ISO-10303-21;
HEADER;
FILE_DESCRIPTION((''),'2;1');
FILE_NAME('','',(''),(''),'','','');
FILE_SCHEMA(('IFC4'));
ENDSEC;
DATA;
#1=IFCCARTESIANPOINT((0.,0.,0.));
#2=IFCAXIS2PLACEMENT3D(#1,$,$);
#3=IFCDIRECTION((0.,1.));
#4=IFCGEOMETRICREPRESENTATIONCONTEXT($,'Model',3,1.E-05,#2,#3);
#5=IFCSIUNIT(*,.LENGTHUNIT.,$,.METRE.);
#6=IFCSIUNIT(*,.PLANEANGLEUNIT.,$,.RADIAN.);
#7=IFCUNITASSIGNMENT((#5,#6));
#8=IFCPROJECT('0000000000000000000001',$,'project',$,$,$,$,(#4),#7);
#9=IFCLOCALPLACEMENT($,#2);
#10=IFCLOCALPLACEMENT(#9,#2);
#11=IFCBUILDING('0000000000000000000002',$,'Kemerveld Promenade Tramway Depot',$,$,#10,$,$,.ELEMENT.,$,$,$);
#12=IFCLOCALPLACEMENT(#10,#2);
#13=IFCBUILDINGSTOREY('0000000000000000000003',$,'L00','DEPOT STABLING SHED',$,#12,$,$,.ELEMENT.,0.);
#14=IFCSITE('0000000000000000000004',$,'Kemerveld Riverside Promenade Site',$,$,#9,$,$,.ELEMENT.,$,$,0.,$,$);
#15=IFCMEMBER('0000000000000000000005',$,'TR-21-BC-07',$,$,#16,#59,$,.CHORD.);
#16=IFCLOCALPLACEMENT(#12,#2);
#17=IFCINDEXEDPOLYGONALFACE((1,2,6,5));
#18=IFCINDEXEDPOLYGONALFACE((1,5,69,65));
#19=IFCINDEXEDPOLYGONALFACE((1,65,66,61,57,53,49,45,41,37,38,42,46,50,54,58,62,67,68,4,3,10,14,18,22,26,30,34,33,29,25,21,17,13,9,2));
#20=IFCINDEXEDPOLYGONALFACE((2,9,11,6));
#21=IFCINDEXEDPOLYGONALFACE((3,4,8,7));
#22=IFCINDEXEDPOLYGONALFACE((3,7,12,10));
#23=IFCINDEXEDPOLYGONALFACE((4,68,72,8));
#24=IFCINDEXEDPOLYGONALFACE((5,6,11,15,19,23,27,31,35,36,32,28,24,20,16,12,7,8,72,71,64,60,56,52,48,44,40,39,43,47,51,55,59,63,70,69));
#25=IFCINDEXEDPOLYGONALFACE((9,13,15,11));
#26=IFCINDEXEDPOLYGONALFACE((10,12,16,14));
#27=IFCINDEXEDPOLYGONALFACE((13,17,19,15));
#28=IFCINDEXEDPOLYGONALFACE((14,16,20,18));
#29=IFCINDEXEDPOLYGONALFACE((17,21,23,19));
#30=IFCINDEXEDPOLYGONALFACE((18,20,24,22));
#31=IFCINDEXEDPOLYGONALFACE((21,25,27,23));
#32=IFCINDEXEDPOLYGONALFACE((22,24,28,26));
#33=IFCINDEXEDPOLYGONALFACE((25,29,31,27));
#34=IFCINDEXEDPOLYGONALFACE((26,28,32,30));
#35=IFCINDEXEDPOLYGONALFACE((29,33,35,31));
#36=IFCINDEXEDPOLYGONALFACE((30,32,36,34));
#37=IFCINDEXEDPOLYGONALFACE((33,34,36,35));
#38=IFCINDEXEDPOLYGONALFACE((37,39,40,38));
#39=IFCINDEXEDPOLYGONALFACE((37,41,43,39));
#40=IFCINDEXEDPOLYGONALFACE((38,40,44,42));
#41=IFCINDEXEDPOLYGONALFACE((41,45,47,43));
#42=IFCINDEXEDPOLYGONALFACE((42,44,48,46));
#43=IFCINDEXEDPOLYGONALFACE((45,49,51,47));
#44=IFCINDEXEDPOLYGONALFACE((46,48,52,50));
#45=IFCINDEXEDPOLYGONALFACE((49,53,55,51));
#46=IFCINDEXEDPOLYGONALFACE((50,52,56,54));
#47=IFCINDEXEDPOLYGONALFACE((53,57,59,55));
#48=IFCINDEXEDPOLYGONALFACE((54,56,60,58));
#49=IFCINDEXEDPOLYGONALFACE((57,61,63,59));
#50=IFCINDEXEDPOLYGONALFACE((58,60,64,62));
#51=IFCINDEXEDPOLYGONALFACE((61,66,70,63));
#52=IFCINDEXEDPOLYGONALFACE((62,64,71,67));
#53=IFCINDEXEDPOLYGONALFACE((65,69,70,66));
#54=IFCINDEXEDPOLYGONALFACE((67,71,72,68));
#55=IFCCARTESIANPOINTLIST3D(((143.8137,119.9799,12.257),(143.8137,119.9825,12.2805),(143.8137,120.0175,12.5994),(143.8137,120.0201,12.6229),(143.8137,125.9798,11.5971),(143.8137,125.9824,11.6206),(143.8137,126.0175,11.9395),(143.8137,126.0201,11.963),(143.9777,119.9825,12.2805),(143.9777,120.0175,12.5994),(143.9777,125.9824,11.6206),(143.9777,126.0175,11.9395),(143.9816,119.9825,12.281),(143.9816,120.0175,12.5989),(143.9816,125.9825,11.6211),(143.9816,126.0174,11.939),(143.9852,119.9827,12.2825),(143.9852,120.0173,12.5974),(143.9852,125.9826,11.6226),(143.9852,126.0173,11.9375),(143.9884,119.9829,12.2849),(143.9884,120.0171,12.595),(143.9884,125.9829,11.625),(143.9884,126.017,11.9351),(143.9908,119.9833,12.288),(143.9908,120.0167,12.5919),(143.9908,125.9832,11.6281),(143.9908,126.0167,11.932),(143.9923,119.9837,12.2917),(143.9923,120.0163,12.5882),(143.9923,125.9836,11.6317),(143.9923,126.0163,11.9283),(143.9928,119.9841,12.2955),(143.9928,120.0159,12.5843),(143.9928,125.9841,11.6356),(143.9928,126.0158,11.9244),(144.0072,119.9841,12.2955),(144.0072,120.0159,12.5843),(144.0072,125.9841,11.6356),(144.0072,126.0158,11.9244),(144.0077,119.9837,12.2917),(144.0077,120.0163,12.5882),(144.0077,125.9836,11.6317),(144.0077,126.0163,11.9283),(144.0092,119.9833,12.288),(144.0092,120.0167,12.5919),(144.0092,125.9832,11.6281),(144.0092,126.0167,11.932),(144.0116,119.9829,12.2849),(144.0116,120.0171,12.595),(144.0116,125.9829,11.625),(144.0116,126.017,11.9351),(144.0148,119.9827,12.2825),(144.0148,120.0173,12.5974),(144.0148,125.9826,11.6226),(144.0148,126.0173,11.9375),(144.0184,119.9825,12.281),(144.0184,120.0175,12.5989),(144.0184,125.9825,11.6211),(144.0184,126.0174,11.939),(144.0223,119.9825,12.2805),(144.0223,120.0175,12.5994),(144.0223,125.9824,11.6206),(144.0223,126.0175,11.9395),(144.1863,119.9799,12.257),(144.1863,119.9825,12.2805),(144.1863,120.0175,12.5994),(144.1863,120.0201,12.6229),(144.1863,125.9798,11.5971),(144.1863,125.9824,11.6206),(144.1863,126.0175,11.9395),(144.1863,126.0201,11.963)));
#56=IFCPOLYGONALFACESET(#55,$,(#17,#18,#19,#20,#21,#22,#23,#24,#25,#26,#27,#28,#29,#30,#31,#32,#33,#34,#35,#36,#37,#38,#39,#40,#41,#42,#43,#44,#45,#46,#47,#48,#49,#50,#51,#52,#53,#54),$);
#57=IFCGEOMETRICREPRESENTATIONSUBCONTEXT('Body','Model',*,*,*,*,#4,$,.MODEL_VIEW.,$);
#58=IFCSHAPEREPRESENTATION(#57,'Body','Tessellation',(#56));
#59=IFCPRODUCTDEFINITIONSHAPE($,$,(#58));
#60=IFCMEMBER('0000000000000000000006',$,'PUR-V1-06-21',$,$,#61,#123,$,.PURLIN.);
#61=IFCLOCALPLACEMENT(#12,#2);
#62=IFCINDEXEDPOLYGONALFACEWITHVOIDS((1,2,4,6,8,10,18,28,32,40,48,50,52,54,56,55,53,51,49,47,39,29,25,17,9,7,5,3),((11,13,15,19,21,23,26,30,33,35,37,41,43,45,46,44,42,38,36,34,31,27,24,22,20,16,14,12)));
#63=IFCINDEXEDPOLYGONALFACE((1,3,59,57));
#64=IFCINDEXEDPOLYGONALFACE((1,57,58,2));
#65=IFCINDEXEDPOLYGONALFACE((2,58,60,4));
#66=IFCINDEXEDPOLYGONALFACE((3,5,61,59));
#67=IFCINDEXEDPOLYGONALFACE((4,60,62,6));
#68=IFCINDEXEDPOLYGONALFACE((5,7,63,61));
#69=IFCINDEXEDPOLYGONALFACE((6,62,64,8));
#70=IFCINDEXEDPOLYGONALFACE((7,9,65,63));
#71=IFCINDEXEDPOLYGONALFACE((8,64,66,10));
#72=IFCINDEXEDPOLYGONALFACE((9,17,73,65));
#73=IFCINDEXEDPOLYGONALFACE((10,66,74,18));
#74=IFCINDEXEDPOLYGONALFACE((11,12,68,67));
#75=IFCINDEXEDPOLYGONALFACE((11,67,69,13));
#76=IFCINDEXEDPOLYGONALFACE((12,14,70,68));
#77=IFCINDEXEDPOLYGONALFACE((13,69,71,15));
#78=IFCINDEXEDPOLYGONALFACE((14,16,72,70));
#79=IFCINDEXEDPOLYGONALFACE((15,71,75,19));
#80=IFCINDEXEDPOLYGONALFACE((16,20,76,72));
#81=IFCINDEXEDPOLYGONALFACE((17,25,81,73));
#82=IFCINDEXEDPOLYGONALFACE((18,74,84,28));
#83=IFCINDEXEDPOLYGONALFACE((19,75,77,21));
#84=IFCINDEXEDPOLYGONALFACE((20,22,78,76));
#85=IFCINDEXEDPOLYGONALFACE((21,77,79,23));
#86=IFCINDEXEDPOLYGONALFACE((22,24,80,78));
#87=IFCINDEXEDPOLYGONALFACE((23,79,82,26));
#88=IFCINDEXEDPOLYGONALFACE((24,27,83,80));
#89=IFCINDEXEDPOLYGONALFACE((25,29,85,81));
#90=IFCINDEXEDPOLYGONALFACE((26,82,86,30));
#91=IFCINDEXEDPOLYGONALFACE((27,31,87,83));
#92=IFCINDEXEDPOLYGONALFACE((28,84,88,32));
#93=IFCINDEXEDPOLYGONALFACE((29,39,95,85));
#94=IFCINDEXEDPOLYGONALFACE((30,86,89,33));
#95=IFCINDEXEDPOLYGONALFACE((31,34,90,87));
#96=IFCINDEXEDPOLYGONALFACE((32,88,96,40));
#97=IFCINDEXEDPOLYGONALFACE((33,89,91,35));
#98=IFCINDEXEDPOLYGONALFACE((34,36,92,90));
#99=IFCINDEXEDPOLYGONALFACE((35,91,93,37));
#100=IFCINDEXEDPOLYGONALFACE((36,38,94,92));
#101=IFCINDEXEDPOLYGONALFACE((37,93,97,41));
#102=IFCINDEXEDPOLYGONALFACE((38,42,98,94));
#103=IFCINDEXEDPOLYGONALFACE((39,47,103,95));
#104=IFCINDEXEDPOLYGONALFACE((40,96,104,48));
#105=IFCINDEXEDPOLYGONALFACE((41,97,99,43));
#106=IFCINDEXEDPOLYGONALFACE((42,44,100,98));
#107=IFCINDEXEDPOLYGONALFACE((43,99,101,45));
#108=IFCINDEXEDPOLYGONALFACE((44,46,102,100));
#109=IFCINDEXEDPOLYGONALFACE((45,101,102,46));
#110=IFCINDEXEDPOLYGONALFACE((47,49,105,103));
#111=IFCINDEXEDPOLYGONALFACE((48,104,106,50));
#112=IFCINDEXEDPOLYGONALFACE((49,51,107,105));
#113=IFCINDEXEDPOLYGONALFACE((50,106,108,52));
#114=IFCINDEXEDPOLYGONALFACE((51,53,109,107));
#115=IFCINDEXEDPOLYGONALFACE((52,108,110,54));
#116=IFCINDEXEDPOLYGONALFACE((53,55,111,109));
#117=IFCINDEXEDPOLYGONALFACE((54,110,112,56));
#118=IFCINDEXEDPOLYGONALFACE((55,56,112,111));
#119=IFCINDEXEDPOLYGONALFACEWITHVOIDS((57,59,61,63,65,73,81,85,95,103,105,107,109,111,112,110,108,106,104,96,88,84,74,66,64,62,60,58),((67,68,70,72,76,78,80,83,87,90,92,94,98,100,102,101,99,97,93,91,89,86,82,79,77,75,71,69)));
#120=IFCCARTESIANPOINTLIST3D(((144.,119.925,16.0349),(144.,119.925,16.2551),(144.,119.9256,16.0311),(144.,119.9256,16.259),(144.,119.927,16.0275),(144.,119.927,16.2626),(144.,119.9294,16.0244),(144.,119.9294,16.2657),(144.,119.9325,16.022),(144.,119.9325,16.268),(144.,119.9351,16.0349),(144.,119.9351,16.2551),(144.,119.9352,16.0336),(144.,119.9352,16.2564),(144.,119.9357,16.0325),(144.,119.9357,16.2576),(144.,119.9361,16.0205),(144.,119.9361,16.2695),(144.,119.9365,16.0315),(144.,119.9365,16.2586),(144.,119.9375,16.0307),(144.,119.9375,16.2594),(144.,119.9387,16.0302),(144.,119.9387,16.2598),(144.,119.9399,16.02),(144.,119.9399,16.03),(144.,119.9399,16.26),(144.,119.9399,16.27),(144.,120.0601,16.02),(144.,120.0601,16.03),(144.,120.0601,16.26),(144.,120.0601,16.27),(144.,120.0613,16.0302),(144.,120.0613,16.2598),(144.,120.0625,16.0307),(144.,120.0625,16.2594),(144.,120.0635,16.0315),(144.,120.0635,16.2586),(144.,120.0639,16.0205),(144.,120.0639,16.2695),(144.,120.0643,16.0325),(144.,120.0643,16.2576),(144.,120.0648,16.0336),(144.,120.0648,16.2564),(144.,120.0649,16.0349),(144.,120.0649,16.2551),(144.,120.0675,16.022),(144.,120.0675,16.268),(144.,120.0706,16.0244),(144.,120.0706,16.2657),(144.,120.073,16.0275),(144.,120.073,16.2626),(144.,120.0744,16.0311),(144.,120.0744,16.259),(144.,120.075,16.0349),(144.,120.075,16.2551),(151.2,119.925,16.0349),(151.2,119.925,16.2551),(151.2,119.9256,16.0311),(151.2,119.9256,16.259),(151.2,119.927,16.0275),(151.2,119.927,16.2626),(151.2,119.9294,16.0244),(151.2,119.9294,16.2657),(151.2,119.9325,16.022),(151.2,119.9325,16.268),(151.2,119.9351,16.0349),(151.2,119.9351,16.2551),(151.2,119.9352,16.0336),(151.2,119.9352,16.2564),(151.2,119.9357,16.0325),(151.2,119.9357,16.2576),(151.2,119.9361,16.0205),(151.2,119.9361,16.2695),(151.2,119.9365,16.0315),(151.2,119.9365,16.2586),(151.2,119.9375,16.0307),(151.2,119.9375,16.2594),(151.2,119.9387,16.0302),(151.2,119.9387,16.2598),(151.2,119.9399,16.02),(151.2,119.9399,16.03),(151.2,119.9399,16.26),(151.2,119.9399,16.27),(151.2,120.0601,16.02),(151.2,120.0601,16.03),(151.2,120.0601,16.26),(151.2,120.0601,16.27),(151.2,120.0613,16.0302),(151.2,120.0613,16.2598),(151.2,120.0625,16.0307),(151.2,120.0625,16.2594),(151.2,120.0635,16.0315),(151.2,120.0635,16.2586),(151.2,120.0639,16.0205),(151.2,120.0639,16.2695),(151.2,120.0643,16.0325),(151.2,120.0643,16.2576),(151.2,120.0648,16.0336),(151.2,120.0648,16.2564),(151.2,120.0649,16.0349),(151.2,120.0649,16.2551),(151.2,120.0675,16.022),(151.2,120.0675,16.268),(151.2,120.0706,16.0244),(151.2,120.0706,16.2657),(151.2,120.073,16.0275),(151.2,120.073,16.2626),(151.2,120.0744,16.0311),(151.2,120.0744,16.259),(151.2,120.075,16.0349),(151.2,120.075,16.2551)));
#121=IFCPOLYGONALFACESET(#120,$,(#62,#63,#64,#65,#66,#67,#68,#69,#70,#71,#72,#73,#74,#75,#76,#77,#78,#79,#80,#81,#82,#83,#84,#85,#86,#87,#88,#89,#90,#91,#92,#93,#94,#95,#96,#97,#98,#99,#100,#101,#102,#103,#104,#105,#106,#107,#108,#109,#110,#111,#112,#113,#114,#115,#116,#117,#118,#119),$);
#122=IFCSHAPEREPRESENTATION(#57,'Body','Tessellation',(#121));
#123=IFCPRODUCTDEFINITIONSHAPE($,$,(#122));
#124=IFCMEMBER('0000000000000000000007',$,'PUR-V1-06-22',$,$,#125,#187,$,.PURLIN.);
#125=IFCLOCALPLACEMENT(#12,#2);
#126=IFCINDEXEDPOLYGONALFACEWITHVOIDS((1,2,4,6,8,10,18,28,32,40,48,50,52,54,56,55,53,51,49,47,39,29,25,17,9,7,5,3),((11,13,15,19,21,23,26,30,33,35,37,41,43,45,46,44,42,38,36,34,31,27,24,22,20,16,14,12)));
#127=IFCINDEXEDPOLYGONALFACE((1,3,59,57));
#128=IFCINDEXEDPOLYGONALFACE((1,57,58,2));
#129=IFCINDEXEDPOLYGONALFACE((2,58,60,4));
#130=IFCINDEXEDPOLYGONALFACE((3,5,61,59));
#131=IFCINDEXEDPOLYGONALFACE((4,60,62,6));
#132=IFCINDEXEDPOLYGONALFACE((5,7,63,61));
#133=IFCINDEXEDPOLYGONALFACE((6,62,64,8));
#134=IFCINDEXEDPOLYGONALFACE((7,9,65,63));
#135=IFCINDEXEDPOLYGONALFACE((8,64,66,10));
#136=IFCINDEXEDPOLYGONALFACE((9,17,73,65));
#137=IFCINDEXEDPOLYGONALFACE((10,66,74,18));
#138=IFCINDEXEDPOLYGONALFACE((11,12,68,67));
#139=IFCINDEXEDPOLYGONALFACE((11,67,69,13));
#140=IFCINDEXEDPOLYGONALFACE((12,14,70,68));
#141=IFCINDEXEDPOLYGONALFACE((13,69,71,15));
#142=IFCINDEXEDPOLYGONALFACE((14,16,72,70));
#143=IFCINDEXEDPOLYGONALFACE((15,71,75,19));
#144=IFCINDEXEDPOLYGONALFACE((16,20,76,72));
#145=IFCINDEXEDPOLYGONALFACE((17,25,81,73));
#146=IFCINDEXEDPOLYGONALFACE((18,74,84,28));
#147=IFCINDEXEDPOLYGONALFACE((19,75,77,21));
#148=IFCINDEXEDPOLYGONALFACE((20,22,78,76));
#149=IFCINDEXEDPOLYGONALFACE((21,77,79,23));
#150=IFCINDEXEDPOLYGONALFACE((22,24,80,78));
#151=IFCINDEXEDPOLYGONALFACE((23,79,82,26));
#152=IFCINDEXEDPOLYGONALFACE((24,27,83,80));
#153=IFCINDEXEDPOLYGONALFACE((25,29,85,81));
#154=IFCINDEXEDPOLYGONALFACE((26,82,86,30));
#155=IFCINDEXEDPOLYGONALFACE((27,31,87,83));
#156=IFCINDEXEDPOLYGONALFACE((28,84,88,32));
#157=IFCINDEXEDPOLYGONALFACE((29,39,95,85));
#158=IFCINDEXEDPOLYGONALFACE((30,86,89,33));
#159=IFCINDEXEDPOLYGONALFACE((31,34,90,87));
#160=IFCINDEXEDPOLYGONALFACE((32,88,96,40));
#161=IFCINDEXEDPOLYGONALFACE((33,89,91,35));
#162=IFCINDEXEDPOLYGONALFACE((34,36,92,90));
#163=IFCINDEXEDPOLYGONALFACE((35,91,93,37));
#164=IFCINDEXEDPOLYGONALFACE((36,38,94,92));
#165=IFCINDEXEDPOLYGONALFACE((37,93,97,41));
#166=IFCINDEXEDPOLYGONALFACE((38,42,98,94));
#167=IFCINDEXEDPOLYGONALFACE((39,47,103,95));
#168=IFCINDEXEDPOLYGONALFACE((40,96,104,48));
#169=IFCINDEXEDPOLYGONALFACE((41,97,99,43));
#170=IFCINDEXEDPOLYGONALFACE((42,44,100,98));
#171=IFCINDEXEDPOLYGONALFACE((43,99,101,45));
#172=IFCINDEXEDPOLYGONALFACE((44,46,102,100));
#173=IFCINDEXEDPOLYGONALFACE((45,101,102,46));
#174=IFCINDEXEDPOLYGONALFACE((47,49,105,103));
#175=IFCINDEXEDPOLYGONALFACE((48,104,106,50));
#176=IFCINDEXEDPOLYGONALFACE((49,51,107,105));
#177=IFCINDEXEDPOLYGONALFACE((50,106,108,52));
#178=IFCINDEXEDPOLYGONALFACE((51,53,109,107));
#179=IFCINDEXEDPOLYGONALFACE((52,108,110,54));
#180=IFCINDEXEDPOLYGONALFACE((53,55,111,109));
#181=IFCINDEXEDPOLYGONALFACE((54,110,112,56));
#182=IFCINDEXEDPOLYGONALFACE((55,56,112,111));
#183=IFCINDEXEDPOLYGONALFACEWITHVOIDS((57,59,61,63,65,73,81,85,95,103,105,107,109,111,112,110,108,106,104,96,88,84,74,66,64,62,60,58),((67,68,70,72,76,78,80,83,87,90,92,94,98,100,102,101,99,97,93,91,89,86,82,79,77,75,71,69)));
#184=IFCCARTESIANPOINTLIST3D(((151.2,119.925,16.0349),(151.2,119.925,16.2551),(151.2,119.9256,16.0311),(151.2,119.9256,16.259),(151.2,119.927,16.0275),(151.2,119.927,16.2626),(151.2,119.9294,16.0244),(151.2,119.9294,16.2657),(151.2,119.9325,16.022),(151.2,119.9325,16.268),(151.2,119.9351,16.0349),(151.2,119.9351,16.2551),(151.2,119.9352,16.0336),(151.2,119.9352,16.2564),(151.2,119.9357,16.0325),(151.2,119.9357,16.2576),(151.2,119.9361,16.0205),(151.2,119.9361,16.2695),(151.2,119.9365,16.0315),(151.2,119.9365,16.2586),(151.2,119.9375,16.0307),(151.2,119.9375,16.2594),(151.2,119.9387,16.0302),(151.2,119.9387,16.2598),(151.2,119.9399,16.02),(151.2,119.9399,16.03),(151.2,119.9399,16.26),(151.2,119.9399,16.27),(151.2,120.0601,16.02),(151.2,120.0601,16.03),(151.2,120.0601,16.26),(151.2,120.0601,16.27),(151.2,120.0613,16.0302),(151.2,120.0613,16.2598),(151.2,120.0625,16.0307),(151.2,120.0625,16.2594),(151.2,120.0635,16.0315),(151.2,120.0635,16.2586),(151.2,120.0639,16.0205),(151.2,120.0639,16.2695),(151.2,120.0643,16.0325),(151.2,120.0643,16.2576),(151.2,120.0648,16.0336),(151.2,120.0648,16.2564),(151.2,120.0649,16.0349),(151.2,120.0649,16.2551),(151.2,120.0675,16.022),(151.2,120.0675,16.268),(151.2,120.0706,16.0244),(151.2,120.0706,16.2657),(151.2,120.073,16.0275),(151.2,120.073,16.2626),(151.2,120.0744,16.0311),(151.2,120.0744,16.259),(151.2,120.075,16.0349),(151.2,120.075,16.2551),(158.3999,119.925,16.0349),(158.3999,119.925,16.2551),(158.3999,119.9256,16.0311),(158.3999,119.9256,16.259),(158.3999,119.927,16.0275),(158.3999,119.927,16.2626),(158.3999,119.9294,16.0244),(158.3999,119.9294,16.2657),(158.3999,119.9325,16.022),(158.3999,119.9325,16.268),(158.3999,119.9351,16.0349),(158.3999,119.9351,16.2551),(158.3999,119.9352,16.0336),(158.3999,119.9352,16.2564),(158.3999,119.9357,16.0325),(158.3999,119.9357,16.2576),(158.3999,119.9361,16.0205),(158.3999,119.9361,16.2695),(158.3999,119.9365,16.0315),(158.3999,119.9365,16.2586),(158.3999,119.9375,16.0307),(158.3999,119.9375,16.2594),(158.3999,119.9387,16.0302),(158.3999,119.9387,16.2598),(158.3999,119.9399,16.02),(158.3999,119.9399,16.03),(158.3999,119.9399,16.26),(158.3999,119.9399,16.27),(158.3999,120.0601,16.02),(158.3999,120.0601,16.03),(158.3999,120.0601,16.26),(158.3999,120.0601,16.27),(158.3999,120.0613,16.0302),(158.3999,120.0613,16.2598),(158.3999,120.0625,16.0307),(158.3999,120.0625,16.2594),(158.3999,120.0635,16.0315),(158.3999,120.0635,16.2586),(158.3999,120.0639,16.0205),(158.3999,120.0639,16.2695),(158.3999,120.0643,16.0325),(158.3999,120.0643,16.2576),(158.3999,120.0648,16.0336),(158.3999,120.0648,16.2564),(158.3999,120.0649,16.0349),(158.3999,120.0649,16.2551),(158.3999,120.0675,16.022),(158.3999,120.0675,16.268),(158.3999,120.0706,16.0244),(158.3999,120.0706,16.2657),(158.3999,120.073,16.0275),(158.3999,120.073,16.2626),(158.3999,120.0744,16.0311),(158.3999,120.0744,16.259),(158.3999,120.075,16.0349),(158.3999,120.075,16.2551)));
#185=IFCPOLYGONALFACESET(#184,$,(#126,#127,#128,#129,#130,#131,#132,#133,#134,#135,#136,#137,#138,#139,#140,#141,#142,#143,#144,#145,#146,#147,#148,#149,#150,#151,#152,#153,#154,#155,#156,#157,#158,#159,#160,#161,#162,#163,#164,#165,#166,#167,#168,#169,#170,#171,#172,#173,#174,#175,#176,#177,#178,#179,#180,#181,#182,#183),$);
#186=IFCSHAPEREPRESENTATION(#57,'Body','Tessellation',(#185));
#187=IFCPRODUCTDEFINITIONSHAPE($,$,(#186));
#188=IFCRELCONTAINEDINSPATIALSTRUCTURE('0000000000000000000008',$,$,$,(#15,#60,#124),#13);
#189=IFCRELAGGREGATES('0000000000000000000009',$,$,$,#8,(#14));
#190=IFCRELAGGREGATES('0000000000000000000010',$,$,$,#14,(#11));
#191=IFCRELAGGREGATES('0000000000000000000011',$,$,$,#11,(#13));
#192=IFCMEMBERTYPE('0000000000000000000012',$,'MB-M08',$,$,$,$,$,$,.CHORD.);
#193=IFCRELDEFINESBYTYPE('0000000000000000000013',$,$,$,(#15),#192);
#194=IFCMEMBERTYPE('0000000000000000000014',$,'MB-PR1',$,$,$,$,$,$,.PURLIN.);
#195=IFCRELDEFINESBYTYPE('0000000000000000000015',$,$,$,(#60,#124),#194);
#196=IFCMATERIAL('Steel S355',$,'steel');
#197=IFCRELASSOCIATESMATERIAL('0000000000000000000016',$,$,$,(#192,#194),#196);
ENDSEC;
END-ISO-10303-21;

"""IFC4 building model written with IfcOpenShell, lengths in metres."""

from ifc_helpers import new_model, si_unit, direction, frame, origin, origin_2d, place, context, subcontext, project, spatial, hollow_rectangle, i_section, extrude, material, material_profile, profile_set, type_object, element, save


model = new_model("IFC4")

# Units and contexts
model_context = context("Model", 3, precision=1e-05, world=origin(), true_north=direction((0.0, 1.0)))
body_context = subcontext(model_context, "Body", "Model", "MODEL_VIEW")
ifc_project = project(units=[si_unit("LENGTHUNIT", "METRE"), si_unit("PLANEANGLEUNIT", "RADIAN")], contexts=[model_context])

# Site, building, storey
site_placement = place(None, origin())
site = spatial("IfcSite", under=ifc_project, at=site_placement, Name="Kemerveld Riverside Promenade Site", CompositionType="ELEMENT", RefElevation=0.0)
building_placement = place(site_placement, origin())
building = spatial("IfcBuilding", under=site, at=building_placement, Name="Kemerveld Promenade Tramway Depot", CompositionType="ELEMENT")
storey_placement = place(building_placement, origin())
storey = spatial("IfcBuildingStorey", under=building, at=storey_placement, Name="L00", Description="DEPOT STABLING SHED", CompositionType="ELEMENT", Elevation=0.0)

# Members
ifc_material_1 = material(Name="Steel S355", Category="steel")
ifc_material_profile_1 = material_profile(ifc_material_1, i_section(OverallWidth=0.3726, OverallDepth=0.3682, WebThickness=0.0144, FlangeThickness=0.0237, FilletRadius=0.0151, at=origin_2d()), Name="356x368x177 UC")
ifc_profile_set_1 = profile_set([ifc_material_profile_1], Name="Steel S355")
member_type_1 = type_object("IfcMemberType", Name="MB-M08", PredefinedType="CHORD", material=ifc_profile_set_1)
for number, where, z_axis, x_axis, name in (
    (1, (144.0, 120.0, 12.4399), (0.0, 0.994006, -0.109326), (-1.0, 0.0, 0.0), "TR-21-BC-07"),
):
    element("IfcMember", number, at=place(storey_placement, frame(where, z_axis=z_axis, x_axis=x_axis)), inside=storey, type_object=member_type_1, Name=name, PredefinedType="CHORD", context=body_context, shape_type="SweptSolid", body=[
        extrude(i_section(OverallWidth=0.3726, OverallDepth=0.3682, WebThickness=0.0144, FlangeThickness=0.0237, FilletRadius=0.0151, at=origin_2d()), origin(), (0.0, 0.0, 1.0), 6.0361),
    ])
ifc_material_profile_2 = material_profile(ifc_material_1, hollow_rectangle(XDim=0.1499, YDim=0.25, WallThickness=0.01, InnerFilletRadius=0.0049, OuterFilletRadius=0.0149, at=origin_2d()), Name="250x150x10.0 RHS")
ifc_profile_set_2 = profile_set([ifc_material_profile_2], Name="Steel S355")
member_type_2 = type_object("IfcMemberType", Name="MB-PR1", PredefinedType="PURLIN", material=ifc_profile_set_2)
for number, where, z_axis, x_axis, name in (
    (2, (144.0, 120.0, 16.145), (1.0, 0.0, 0.0), (0.0, 1.0, 0.0), "PUR-V1-06-21"),
    (3, (151.2, 120.0, 16.145), (1.0, 0.0, 0.0), (0.0, 1.0, 0.0), "PUR-V1-06-22"),
):
    element("IfcMember", number, at=place(storey_placement, frame(where, z_axis=z_axis, x_axis=x_axis)), inside=storey, type_object=member_type_2, Name=name, PredefinedType="PURLIN", context=body_context, shape_type="SweptSolid", body=[
        extrude(hollow_rectangle(XDim=0.1499, YDim=0.25, WallThickness=0.01, InnerFilletRadius=0.0049, OuterFilletRadius=0.0149, at=origin_2d()), origin(), (0.0, 0.0, 1.0), 7.2),
    ])

save(model, "model.ifc")
